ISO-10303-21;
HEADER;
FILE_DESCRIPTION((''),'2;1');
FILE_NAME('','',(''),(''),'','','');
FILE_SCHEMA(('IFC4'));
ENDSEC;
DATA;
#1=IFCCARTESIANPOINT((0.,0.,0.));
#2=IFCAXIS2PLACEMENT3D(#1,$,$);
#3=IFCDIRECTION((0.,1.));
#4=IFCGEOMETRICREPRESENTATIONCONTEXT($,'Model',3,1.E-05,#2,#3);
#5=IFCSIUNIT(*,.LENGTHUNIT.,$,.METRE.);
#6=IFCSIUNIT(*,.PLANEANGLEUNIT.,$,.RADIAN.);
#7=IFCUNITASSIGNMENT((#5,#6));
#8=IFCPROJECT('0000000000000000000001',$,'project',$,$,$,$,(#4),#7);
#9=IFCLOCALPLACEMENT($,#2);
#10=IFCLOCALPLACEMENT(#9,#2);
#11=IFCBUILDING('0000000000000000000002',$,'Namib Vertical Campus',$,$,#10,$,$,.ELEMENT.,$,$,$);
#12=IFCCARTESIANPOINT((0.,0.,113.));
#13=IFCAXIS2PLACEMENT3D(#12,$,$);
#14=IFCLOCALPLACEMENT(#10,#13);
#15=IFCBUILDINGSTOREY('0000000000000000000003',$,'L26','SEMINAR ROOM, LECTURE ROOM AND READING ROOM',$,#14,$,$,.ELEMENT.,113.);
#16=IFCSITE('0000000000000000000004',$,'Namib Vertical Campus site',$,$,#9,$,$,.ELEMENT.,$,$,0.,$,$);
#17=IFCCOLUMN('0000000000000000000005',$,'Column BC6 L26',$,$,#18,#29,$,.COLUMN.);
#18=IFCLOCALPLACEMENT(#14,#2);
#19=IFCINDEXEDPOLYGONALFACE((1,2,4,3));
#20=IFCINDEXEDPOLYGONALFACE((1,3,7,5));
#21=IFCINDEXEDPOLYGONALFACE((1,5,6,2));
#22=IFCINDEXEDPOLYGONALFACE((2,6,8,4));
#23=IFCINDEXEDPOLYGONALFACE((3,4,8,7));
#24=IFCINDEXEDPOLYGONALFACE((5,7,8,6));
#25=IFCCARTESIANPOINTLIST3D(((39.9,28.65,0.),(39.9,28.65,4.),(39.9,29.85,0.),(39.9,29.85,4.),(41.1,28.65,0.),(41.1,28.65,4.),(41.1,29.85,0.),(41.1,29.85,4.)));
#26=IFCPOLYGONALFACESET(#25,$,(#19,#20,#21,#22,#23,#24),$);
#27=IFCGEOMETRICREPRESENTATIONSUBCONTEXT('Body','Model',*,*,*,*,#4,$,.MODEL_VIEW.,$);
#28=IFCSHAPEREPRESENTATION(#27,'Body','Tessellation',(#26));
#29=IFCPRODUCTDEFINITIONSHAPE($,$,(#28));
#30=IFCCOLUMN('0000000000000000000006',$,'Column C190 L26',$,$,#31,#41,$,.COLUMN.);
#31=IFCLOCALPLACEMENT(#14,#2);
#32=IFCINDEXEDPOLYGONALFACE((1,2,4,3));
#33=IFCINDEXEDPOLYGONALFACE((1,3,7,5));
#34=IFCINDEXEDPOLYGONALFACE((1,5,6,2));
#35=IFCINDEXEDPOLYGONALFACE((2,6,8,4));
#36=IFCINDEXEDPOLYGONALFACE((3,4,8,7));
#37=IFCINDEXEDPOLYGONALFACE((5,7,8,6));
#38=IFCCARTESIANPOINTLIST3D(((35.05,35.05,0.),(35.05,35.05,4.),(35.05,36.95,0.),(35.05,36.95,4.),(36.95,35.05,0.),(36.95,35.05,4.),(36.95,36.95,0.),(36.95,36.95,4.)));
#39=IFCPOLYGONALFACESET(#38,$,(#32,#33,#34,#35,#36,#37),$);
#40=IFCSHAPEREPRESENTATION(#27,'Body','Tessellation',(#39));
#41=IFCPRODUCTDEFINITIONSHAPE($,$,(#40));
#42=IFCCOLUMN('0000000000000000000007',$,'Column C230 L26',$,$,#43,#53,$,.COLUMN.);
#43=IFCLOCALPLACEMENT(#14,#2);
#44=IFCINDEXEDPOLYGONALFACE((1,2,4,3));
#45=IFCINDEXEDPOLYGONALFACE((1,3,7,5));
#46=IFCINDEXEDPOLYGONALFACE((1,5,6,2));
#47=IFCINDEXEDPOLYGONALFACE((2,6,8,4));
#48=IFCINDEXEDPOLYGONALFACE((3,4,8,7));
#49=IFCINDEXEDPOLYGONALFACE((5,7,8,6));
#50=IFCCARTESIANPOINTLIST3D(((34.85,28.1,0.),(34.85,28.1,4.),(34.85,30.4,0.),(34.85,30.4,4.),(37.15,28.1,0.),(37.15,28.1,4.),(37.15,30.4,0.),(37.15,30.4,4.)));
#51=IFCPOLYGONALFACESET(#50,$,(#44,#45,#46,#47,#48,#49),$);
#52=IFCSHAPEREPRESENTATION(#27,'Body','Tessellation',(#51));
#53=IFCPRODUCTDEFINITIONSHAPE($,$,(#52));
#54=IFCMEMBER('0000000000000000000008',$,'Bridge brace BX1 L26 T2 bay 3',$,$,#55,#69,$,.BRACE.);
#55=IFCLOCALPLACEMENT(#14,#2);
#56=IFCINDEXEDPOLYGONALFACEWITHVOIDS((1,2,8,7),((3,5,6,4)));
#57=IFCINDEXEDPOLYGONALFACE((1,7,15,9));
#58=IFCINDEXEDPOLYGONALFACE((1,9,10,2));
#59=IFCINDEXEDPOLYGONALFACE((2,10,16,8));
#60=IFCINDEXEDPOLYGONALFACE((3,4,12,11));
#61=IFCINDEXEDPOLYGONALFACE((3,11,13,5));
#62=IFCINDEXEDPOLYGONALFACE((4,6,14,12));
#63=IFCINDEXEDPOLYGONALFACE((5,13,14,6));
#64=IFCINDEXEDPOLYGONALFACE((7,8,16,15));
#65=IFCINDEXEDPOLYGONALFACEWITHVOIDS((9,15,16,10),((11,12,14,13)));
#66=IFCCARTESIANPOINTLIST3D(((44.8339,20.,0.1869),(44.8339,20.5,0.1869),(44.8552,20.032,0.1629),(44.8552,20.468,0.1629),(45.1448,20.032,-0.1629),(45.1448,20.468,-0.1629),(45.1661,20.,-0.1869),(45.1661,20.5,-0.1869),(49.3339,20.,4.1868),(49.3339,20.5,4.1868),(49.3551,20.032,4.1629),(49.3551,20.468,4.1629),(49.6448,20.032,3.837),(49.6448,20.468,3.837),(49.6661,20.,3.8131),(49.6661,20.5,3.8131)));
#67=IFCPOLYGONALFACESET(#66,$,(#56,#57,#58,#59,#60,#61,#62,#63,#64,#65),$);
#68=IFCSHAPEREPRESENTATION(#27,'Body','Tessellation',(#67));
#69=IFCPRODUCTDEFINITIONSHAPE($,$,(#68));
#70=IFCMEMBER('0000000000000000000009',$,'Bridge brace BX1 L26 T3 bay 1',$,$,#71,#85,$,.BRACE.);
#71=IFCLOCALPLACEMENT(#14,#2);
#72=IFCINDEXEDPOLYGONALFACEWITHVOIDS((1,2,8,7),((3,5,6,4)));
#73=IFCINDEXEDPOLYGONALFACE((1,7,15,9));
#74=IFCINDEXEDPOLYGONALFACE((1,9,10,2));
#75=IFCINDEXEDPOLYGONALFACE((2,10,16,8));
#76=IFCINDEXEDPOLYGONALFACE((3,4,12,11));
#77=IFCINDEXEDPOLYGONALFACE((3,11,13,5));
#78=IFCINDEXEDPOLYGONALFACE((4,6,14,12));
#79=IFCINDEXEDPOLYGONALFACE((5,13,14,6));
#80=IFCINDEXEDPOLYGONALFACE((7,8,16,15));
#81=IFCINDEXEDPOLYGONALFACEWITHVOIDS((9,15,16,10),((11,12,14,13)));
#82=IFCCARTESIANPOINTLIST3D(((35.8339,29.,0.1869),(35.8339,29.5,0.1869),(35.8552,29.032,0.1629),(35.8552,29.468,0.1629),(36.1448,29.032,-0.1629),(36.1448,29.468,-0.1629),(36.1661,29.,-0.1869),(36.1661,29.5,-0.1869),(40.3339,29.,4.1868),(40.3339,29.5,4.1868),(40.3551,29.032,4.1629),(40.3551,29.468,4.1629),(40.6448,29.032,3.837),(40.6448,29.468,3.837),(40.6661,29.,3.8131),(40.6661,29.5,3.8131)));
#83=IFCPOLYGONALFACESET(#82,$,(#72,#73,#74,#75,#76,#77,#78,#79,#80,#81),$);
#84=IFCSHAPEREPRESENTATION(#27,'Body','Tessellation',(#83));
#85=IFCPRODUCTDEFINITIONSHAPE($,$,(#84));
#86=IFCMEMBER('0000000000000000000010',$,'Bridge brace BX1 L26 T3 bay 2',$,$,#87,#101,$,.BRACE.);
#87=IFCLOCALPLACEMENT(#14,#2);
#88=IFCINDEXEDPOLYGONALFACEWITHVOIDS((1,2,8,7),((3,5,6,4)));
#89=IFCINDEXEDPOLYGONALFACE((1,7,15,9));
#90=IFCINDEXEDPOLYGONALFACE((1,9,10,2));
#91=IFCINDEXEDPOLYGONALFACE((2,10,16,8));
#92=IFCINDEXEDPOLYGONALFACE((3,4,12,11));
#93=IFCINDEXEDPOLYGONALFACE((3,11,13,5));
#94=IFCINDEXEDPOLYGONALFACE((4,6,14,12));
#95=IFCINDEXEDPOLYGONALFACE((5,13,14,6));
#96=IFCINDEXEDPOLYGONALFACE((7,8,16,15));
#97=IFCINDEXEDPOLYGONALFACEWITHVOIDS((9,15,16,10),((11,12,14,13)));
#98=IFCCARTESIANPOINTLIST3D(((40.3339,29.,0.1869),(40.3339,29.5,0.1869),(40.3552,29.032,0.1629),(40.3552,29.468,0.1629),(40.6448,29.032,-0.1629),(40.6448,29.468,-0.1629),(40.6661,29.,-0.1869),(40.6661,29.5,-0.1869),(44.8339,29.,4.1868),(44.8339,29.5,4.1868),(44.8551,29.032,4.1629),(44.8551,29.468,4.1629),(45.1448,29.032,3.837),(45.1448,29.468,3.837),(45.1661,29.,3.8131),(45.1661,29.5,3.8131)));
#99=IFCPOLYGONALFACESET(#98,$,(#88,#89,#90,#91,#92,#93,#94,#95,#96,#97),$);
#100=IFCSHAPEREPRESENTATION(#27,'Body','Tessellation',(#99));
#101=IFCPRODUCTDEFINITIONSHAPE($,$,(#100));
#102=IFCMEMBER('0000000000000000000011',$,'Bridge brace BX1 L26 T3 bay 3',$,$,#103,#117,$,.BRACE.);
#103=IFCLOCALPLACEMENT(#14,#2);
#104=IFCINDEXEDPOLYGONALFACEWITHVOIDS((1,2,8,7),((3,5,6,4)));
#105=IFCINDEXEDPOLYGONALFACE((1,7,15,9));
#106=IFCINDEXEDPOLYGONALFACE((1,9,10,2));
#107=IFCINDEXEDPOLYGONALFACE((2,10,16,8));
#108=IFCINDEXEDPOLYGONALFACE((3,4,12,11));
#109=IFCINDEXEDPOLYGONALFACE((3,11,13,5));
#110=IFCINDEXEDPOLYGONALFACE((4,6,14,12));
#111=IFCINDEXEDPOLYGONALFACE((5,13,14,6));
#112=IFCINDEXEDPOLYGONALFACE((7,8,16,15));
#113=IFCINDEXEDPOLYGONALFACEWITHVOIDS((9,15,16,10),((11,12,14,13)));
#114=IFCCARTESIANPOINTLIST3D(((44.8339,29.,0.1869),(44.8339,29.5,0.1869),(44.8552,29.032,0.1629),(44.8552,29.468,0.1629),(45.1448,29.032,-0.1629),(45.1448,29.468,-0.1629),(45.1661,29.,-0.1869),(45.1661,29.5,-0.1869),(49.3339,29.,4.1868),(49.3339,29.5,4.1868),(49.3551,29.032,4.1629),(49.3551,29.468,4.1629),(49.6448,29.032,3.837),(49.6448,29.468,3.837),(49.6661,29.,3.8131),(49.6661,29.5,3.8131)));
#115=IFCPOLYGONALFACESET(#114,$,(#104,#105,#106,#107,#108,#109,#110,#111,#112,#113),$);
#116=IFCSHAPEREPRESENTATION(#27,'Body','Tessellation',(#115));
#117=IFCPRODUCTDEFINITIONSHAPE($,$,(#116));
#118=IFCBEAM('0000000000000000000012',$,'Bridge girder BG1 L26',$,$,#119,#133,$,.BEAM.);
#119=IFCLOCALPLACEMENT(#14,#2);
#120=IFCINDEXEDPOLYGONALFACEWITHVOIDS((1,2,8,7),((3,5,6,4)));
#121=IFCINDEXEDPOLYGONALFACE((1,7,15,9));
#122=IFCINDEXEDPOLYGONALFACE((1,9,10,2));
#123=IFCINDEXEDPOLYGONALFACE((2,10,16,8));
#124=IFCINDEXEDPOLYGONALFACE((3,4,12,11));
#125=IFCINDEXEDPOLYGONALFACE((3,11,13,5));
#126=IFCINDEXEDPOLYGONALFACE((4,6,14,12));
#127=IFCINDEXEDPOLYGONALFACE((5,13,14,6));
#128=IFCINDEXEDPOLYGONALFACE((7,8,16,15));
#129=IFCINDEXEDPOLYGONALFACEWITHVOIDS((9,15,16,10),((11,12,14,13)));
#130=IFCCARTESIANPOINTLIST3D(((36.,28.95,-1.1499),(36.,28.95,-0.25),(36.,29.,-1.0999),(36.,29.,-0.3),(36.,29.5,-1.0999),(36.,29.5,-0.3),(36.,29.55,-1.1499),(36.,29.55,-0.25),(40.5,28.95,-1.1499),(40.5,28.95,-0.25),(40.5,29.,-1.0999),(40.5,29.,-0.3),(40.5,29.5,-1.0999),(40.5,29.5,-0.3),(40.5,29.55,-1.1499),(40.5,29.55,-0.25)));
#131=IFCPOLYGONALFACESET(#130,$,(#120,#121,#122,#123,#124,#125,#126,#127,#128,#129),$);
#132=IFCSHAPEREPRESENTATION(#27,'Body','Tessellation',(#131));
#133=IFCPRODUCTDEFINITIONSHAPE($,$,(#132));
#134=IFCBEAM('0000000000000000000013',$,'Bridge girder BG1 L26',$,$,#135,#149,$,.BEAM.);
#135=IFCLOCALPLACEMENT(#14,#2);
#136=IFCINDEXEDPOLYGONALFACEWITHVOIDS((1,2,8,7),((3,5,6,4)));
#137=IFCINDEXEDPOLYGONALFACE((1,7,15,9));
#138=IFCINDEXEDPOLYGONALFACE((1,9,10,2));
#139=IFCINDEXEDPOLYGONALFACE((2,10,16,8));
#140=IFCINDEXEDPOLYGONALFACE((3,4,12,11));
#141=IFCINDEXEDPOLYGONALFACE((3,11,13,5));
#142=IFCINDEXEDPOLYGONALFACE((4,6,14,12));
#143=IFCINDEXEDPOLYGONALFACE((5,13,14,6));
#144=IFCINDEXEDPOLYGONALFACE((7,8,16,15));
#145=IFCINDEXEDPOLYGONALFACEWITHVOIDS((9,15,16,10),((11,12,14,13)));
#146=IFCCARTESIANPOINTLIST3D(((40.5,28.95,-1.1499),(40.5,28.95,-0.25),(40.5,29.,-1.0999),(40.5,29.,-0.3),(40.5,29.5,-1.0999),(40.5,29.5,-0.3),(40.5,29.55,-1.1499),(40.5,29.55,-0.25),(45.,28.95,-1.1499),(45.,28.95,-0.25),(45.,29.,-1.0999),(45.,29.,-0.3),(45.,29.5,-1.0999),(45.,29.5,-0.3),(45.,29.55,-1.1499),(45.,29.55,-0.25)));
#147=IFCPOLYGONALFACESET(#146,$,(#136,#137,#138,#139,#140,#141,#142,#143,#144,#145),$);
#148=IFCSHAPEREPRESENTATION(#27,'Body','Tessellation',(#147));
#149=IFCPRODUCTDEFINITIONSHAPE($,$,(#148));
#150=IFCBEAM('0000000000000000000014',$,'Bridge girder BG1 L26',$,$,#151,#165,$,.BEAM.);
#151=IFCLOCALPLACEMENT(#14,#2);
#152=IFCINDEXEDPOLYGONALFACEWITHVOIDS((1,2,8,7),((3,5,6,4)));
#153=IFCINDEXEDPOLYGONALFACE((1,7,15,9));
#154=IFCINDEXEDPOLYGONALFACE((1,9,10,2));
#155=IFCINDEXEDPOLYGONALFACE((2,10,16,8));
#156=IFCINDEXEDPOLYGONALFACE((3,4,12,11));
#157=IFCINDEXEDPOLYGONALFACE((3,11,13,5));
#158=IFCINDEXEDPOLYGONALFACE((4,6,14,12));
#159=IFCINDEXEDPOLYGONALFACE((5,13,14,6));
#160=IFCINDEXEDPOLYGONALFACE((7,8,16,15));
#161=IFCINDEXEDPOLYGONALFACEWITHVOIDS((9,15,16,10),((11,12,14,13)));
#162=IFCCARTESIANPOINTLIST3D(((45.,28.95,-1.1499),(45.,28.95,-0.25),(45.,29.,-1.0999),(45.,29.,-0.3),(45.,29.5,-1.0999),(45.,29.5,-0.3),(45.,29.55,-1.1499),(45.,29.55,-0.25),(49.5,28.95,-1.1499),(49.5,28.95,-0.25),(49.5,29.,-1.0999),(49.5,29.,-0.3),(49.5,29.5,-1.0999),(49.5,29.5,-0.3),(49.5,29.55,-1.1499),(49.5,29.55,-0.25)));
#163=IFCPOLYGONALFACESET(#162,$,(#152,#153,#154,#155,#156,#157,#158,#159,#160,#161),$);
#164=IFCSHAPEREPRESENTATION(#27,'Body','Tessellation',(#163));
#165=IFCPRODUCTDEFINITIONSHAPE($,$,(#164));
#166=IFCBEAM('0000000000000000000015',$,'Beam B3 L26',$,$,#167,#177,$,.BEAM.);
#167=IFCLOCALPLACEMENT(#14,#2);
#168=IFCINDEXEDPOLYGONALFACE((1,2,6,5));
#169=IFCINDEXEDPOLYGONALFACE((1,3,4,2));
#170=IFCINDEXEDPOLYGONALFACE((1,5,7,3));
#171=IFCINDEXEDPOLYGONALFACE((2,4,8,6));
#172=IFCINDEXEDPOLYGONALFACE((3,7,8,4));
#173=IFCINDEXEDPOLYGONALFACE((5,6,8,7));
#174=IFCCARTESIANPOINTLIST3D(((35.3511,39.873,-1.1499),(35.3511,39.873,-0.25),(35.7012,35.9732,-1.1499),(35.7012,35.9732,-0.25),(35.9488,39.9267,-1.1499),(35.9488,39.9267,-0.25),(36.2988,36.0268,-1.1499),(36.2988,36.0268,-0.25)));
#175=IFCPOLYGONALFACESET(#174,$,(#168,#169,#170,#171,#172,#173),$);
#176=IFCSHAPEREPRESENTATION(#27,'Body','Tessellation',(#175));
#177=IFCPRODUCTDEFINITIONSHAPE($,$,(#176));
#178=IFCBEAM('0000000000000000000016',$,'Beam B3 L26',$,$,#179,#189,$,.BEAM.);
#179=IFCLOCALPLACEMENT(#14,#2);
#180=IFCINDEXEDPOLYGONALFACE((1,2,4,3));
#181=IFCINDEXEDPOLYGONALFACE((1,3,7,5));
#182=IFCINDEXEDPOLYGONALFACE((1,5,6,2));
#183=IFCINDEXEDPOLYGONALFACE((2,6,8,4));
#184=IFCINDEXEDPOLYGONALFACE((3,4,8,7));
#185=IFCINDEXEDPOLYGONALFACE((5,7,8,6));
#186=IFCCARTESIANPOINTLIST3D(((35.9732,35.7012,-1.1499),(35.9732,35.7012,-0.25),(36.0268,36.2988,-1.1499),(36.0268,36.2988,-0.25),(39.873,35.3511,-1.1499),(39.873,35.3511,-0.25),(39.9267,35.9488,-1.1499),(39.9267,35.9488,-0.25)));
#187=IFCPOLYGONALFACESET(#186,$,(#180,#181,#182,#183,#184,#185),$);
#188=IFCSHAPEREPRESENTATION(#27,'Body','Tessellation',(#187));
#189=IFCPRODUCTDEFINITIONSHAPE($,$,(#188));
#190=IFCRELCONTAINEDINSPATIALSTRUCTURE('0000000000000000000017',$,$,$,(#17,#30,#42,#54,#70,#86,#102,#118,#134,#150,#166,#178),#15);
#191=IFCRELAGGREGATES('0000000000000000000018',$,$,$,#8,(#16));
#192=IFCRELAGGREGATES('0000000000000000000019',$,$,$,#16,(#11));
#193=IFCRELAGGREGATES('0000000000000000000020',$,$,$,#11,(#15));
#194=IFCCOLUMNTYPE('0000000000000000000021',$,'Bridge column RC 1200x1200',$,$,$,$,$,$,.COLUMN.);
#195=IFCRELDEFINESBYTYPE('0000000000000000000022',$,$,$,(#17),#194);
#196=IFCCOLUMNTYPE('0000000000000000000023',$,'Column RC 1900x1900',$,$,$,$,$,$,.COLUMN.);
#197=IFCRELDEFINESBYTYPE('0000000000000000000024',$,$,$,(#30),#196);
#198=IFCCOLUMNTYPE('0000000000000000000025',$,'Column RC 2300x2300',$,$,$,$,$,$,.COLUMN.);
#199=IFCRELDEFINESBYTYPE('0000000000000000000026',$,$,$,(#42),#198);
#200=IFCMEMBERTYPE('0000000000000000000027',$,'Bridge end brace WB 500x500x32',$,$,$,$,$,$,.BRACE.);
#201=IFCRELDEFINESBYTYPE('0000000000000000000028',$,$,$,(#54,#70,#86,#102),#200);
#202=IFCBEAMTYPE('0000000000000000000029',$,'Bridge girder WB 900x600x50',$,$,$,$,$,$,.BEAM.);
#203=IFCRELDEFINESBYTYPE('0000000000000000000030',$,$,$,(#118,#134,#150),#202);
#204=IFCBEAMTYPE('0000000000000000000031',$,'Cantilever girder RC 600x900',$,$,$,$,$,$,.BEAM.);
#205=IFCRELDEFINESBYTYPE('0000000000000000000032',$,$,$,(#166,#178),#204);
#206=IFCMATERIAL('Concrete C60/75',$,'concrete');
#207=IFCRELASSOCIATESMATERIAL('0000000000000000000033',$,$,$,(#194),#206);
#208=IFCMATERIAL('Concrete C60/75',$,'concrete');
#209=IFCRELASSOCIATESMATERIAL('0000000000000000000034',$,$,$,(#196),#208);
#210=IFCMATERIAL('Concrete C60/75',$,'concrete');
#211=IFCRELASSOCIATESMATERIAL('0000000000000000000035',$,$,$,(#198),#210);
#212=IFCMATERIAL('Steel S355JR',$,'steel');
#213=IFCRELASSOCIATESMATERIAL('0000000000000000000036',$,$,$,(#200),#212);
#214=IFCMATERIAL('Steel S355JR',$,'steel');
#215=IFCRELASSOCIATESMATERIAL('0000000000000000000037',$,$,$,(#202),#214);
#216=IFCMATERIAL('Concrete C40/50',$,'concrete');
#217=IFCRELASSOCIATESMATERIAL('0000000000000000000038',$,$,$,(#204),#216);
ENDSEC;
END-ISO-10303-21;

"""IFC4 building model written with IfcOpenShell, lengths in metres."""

from ifc_helpers import new_model, si_unit, direction, frame, origin, origin_2d, place, context, subcontext, project, spatial, rectangle, hollow_rectangle, extrude, material, material_profile, profile_set, type_object, element, save


model = new_model("IFC4")

# Units and contexts
model_context = context("Model", 3, precision=1e-05, world=origin(), true_north=direction((0.0, 1.0)))
body_context = subcontext(model_context, "Body", "Model", "MODEL_VIEW")
ifc_project = project(units=[si_unit("LENGTHUNIT", "METRE"), si_unit("PLANEANGLEUNIT", "RADIAN")], contexts=[model_context])

# Site, building, storey
site_placement = place(None, origin())
site = spatial("IfcSite", under=ifc_project, at=site_placement, Name="Namib Vertical Campus site", CompositionType="ELEMENT", RefElevation=0.0)
building_placement = place(site_placement, origin())
building = spatial("IfcBuilding", under=site, at=building_placement, Name="Namib Vertical Campus", CompositionType="ELEMENT")
storey_placement = place(building_placement, frame((0.0, 0.0, 113.0)))
storey = spatial("IfcBuildingStorey", under=building, at=storey_placement, Name="L26", Description="SEMINAR ROOM, LECTURE ROOM AND READING ROOM", CompositionType="ELEMENT", Elevation=113.0)

# Columns
ifc_material_1 = material(Name="Concrete C60/75", Category="concrete")
ifc_material_profile_1 = material_profile(ifc_material_1, rectangle(XDim=1.2, YDim=1.2, at=origin_2d()))
ifc_profile_set_1 = profile_set([ifc_material_profile_1], Name="Concrete C60/75")
column_type_1 = type_object("IfcColumnType", Name="Bridge column RC 1200x1200", PredefinedType="COLUMN", material=ifc_profile_set_1)
column_1_placement = place(storey_placement, frame((40.5, 29.25, 0.0), z_axis=(0.0, 0.0, 1.0), x_axis=(1.0, 0.0, 0.0)))
element("IfcColumn", 1, at=column_1_placement, inside=storey, type_object=column_type_1, Name="Column BC6 L26", PredefinedType="COLUMN", context=body_context, shape_type="SweptSolid", body=[
    extrude(rectangle(XDim=1.2, YDim=1.2, at=origin_2d()), origin(), (0.0, 0.0, 1.0), 4.0),
])
ifc_material_2 = material(Name="Concrete C60/75", Category="concrete")
ifc_material_profile_2 = material_profile(ifc_material_2, rectangle(XDim=1.8999, YDim=1.8999, at=origin_2d()))
ifc_profile_set_2 = profile_set([ifc_material_profile_2], Name="Concrete C60/75")
column_type_2 = type_object("IfcColumnType", Name="Column RC 1900x1900", PredefinedType="COLUMN", material=ifc_profile_set_2)
column_2_placement = place(storey_placement, frame((36.0, 36.0, 0.0), z_axis=(0.0, 0.0, 1.0), x_axis=(1.0, 0.0, 0.0)))
element("IfcColumn", 2, at=column_2_placement, inside=storey, type_object=column_type_2, Name="Column C190 L26", PredefinedType="COLUMN", context=body_context, shape_type="SweptSolid", body=[
    extrude(rectangle(XDim=1.8999, YDim=1.8999, at=origin_2d()), origin(), (0.0, 0.0, 1.0), 4.0),
])
ifc_material_3 = material(Name="Concrete C60/75", Category="concrete")
ifc_material_profile_3 = material_profile(ifc_material_3, rectangle(XDim=2.3, YDim=2.3, at=origin_2d()))
ifc_profile_set_3 = profile_set([ifc_material_profile_3], Name="Concrete C60/75")
column_type_3 = type_object("IfcColumnType", Name="Column RC 2300x2300", PredefinedType="COLUMN", material=ifc_profile_set_3)
column_3_placement = place(storey_placement, frame((36.0, 29.25, 0.0), z_axis=(0.0, 0.0, 1.0), x_axis=(1.0, 0.0, 0.0)))
element("IfcColumn", 3, at=column_3_placement, inside=storey, type_object=column_type_3, Name="Column C230 L26", PredefinedType="COLUMN", context=body_context, shape_type="SweptSolid", body=[
    extrude(rectangle(XDim=2.3, YDim=2.3, at=origin_2d()), origin(), (0.0, 0.0, 1.0), 4.0),
])

# Members
ifc_material_4 = material(Name="Steel S355JR", Category="steel")
ifc_material_profile_4 = material_profile(ifc_material_4, hollow_rectangle(XDim=0.5, YDim=0.5, WallThickness=0.032, at=origin_2d()))
ifc_profile_set_4 = profile_set([ifc_material_profile_4], Name="Steel S355JR")
member_type_1 = type_object("IfcMemberType", Name="Bridge end brace WB 500x500x32", PredefinedType="BRACE", material=ifc_profile_set_4)
for number, where, z_axis, x_axis, name in (
    (4, (45.0, 20.25, 0.0), (0.747409, 0.0, 0.664364), (0.0, 1.0, 0.0), "Bridge brace BX1 L26 T2 bay 3"),
    (5, (36.0, 29.25, 0.0), (0.747409, 0.0, 0.664364), (0.0, 1.0, 0.0), "Bridge brace BX1 L26 T3 bay 1"),
    (6, (40.5, 29.25, 0.0), (0.747409, 0.0, 0.664364), (0.0, 1.0, 0.0), "Bridge brace BX1 L26 T3 bay 2"),
    (7, (45.0, 29.25, 0.0), (0.747409, 0.0, 0.664364), (0.0, 1.0, 0.0), "Bridge brace BX1 L26 T3 bay 3"),
):
    element("IfcMember", number, at=place(storey_placement, frame(where, z_axis=z_axis, x_axis=x_axis)), inside=storey, type_object=member_type_1, Name=name, PredefinedType="BRACE", context=body_context, shape_type="SweptSolid", body=[
        extrude(hollow_rectangle(XDim=0.5, YDim=0.5, WallThickness=0.032, at=origin_2d()), origin(), (0.0, 0.0, 1.0), 6.0208),
    ])

# Beams
ifc_material_5 = material(Name="Steel S355JR", Category="steel")
ifc_material_profile_5 = material_profile(ifc_material_5, hollow_rectangle(XDim=0.6001, YDim=0.8999, WallThickness=0.05, at=origin_2d()))
ifc_profile_set_5 = profile_set([ifc_material_profile_5], Name="Steel S355JR")
beam_type_1 = type_object("IfcBeamType", Name="Bridge girder WB 900x600x50", PredefinedType="BEAM", material=ifc_profile_set_5)
for number, where, z_axis, x_axis, name in (
    (8, (36.0, 29.25, -0.7), (1.0, 0.0, 0.0), (0.0, 1.0, 0.0), "Bridge girder BG1 L26"),
    (9, (40.5, 29.25, -0.7), (1.0, 0.0, 0.0), (0.0, 1.0, 0.0), "Bridge girder BG1 L26"),
    (10, (45.0, 29.25, -0.7), (1.0, 0.0, 0.0), (0.0, 1.0, 0.0), "Bridge girder BG1 L26"),
):
    element("IfcBeam", number, at=place(storey_placement, frame(where, z_axis=z_axis, x_axis=x_axis)), inside=storey, type_object=beam_type_1, Name=name, PredefinedType="BEAM", context=body_context, shape_type="SweptSolid", body=[
        extrude(hollow_rectangle(XDim=0.6001, YDim=0.8999, WallThickness=0.05, at=origin_2d()), origin(), (0.0, 0.0, 1.0), 4.5),
    ])
ifc_material_6 = material(Name="Concrete C40/50", Category="concrete")
ifc_material_profile_6 = material_profile(ifc_material_6, rectangle(XDim=0.6001, YDim=0.8999, at=origin_2d()))
ifc_profile_set_6 = profile_set([ifc_material_profile_6], Name="Concrete C40/50")
beam_type_2 = type_object("IfcBeamType", Name="Cantilever girder RC 600x900", PredefinedType="BEAM", material=ifc_profile_set_6)
for number, where, z_axis, x_axis, name in (
    (11, (36.0, 36.0, -0.7), (-0.089411, 0.995995, 0.0), (-0.995995, -0.089411, 0.0), "Beam B3 L26"),
    (12, (36.0, 36.0, -0.7), (0.995995, -0.089411, 0.0), (0.089411, 0.995995, 0.0), "Beam B3 L26"),
):
    element("IfcBeam", number, at=place(storey_placement, frame(where, z_axis=z_axis, x_axis=x_axis)), inside=storey, type_object=beam_type_2, Name=name, PredefinedType="BEAM", context=body_context, shape_type="SweptSolid", body=[
        extrude(rectangle(XDim=0.6001, YDim=0.8999, at=origin_2d()), origin(), (0.0, 0.0, 1.0), 3.9155),
    ])

save(model, "model.ifc")
